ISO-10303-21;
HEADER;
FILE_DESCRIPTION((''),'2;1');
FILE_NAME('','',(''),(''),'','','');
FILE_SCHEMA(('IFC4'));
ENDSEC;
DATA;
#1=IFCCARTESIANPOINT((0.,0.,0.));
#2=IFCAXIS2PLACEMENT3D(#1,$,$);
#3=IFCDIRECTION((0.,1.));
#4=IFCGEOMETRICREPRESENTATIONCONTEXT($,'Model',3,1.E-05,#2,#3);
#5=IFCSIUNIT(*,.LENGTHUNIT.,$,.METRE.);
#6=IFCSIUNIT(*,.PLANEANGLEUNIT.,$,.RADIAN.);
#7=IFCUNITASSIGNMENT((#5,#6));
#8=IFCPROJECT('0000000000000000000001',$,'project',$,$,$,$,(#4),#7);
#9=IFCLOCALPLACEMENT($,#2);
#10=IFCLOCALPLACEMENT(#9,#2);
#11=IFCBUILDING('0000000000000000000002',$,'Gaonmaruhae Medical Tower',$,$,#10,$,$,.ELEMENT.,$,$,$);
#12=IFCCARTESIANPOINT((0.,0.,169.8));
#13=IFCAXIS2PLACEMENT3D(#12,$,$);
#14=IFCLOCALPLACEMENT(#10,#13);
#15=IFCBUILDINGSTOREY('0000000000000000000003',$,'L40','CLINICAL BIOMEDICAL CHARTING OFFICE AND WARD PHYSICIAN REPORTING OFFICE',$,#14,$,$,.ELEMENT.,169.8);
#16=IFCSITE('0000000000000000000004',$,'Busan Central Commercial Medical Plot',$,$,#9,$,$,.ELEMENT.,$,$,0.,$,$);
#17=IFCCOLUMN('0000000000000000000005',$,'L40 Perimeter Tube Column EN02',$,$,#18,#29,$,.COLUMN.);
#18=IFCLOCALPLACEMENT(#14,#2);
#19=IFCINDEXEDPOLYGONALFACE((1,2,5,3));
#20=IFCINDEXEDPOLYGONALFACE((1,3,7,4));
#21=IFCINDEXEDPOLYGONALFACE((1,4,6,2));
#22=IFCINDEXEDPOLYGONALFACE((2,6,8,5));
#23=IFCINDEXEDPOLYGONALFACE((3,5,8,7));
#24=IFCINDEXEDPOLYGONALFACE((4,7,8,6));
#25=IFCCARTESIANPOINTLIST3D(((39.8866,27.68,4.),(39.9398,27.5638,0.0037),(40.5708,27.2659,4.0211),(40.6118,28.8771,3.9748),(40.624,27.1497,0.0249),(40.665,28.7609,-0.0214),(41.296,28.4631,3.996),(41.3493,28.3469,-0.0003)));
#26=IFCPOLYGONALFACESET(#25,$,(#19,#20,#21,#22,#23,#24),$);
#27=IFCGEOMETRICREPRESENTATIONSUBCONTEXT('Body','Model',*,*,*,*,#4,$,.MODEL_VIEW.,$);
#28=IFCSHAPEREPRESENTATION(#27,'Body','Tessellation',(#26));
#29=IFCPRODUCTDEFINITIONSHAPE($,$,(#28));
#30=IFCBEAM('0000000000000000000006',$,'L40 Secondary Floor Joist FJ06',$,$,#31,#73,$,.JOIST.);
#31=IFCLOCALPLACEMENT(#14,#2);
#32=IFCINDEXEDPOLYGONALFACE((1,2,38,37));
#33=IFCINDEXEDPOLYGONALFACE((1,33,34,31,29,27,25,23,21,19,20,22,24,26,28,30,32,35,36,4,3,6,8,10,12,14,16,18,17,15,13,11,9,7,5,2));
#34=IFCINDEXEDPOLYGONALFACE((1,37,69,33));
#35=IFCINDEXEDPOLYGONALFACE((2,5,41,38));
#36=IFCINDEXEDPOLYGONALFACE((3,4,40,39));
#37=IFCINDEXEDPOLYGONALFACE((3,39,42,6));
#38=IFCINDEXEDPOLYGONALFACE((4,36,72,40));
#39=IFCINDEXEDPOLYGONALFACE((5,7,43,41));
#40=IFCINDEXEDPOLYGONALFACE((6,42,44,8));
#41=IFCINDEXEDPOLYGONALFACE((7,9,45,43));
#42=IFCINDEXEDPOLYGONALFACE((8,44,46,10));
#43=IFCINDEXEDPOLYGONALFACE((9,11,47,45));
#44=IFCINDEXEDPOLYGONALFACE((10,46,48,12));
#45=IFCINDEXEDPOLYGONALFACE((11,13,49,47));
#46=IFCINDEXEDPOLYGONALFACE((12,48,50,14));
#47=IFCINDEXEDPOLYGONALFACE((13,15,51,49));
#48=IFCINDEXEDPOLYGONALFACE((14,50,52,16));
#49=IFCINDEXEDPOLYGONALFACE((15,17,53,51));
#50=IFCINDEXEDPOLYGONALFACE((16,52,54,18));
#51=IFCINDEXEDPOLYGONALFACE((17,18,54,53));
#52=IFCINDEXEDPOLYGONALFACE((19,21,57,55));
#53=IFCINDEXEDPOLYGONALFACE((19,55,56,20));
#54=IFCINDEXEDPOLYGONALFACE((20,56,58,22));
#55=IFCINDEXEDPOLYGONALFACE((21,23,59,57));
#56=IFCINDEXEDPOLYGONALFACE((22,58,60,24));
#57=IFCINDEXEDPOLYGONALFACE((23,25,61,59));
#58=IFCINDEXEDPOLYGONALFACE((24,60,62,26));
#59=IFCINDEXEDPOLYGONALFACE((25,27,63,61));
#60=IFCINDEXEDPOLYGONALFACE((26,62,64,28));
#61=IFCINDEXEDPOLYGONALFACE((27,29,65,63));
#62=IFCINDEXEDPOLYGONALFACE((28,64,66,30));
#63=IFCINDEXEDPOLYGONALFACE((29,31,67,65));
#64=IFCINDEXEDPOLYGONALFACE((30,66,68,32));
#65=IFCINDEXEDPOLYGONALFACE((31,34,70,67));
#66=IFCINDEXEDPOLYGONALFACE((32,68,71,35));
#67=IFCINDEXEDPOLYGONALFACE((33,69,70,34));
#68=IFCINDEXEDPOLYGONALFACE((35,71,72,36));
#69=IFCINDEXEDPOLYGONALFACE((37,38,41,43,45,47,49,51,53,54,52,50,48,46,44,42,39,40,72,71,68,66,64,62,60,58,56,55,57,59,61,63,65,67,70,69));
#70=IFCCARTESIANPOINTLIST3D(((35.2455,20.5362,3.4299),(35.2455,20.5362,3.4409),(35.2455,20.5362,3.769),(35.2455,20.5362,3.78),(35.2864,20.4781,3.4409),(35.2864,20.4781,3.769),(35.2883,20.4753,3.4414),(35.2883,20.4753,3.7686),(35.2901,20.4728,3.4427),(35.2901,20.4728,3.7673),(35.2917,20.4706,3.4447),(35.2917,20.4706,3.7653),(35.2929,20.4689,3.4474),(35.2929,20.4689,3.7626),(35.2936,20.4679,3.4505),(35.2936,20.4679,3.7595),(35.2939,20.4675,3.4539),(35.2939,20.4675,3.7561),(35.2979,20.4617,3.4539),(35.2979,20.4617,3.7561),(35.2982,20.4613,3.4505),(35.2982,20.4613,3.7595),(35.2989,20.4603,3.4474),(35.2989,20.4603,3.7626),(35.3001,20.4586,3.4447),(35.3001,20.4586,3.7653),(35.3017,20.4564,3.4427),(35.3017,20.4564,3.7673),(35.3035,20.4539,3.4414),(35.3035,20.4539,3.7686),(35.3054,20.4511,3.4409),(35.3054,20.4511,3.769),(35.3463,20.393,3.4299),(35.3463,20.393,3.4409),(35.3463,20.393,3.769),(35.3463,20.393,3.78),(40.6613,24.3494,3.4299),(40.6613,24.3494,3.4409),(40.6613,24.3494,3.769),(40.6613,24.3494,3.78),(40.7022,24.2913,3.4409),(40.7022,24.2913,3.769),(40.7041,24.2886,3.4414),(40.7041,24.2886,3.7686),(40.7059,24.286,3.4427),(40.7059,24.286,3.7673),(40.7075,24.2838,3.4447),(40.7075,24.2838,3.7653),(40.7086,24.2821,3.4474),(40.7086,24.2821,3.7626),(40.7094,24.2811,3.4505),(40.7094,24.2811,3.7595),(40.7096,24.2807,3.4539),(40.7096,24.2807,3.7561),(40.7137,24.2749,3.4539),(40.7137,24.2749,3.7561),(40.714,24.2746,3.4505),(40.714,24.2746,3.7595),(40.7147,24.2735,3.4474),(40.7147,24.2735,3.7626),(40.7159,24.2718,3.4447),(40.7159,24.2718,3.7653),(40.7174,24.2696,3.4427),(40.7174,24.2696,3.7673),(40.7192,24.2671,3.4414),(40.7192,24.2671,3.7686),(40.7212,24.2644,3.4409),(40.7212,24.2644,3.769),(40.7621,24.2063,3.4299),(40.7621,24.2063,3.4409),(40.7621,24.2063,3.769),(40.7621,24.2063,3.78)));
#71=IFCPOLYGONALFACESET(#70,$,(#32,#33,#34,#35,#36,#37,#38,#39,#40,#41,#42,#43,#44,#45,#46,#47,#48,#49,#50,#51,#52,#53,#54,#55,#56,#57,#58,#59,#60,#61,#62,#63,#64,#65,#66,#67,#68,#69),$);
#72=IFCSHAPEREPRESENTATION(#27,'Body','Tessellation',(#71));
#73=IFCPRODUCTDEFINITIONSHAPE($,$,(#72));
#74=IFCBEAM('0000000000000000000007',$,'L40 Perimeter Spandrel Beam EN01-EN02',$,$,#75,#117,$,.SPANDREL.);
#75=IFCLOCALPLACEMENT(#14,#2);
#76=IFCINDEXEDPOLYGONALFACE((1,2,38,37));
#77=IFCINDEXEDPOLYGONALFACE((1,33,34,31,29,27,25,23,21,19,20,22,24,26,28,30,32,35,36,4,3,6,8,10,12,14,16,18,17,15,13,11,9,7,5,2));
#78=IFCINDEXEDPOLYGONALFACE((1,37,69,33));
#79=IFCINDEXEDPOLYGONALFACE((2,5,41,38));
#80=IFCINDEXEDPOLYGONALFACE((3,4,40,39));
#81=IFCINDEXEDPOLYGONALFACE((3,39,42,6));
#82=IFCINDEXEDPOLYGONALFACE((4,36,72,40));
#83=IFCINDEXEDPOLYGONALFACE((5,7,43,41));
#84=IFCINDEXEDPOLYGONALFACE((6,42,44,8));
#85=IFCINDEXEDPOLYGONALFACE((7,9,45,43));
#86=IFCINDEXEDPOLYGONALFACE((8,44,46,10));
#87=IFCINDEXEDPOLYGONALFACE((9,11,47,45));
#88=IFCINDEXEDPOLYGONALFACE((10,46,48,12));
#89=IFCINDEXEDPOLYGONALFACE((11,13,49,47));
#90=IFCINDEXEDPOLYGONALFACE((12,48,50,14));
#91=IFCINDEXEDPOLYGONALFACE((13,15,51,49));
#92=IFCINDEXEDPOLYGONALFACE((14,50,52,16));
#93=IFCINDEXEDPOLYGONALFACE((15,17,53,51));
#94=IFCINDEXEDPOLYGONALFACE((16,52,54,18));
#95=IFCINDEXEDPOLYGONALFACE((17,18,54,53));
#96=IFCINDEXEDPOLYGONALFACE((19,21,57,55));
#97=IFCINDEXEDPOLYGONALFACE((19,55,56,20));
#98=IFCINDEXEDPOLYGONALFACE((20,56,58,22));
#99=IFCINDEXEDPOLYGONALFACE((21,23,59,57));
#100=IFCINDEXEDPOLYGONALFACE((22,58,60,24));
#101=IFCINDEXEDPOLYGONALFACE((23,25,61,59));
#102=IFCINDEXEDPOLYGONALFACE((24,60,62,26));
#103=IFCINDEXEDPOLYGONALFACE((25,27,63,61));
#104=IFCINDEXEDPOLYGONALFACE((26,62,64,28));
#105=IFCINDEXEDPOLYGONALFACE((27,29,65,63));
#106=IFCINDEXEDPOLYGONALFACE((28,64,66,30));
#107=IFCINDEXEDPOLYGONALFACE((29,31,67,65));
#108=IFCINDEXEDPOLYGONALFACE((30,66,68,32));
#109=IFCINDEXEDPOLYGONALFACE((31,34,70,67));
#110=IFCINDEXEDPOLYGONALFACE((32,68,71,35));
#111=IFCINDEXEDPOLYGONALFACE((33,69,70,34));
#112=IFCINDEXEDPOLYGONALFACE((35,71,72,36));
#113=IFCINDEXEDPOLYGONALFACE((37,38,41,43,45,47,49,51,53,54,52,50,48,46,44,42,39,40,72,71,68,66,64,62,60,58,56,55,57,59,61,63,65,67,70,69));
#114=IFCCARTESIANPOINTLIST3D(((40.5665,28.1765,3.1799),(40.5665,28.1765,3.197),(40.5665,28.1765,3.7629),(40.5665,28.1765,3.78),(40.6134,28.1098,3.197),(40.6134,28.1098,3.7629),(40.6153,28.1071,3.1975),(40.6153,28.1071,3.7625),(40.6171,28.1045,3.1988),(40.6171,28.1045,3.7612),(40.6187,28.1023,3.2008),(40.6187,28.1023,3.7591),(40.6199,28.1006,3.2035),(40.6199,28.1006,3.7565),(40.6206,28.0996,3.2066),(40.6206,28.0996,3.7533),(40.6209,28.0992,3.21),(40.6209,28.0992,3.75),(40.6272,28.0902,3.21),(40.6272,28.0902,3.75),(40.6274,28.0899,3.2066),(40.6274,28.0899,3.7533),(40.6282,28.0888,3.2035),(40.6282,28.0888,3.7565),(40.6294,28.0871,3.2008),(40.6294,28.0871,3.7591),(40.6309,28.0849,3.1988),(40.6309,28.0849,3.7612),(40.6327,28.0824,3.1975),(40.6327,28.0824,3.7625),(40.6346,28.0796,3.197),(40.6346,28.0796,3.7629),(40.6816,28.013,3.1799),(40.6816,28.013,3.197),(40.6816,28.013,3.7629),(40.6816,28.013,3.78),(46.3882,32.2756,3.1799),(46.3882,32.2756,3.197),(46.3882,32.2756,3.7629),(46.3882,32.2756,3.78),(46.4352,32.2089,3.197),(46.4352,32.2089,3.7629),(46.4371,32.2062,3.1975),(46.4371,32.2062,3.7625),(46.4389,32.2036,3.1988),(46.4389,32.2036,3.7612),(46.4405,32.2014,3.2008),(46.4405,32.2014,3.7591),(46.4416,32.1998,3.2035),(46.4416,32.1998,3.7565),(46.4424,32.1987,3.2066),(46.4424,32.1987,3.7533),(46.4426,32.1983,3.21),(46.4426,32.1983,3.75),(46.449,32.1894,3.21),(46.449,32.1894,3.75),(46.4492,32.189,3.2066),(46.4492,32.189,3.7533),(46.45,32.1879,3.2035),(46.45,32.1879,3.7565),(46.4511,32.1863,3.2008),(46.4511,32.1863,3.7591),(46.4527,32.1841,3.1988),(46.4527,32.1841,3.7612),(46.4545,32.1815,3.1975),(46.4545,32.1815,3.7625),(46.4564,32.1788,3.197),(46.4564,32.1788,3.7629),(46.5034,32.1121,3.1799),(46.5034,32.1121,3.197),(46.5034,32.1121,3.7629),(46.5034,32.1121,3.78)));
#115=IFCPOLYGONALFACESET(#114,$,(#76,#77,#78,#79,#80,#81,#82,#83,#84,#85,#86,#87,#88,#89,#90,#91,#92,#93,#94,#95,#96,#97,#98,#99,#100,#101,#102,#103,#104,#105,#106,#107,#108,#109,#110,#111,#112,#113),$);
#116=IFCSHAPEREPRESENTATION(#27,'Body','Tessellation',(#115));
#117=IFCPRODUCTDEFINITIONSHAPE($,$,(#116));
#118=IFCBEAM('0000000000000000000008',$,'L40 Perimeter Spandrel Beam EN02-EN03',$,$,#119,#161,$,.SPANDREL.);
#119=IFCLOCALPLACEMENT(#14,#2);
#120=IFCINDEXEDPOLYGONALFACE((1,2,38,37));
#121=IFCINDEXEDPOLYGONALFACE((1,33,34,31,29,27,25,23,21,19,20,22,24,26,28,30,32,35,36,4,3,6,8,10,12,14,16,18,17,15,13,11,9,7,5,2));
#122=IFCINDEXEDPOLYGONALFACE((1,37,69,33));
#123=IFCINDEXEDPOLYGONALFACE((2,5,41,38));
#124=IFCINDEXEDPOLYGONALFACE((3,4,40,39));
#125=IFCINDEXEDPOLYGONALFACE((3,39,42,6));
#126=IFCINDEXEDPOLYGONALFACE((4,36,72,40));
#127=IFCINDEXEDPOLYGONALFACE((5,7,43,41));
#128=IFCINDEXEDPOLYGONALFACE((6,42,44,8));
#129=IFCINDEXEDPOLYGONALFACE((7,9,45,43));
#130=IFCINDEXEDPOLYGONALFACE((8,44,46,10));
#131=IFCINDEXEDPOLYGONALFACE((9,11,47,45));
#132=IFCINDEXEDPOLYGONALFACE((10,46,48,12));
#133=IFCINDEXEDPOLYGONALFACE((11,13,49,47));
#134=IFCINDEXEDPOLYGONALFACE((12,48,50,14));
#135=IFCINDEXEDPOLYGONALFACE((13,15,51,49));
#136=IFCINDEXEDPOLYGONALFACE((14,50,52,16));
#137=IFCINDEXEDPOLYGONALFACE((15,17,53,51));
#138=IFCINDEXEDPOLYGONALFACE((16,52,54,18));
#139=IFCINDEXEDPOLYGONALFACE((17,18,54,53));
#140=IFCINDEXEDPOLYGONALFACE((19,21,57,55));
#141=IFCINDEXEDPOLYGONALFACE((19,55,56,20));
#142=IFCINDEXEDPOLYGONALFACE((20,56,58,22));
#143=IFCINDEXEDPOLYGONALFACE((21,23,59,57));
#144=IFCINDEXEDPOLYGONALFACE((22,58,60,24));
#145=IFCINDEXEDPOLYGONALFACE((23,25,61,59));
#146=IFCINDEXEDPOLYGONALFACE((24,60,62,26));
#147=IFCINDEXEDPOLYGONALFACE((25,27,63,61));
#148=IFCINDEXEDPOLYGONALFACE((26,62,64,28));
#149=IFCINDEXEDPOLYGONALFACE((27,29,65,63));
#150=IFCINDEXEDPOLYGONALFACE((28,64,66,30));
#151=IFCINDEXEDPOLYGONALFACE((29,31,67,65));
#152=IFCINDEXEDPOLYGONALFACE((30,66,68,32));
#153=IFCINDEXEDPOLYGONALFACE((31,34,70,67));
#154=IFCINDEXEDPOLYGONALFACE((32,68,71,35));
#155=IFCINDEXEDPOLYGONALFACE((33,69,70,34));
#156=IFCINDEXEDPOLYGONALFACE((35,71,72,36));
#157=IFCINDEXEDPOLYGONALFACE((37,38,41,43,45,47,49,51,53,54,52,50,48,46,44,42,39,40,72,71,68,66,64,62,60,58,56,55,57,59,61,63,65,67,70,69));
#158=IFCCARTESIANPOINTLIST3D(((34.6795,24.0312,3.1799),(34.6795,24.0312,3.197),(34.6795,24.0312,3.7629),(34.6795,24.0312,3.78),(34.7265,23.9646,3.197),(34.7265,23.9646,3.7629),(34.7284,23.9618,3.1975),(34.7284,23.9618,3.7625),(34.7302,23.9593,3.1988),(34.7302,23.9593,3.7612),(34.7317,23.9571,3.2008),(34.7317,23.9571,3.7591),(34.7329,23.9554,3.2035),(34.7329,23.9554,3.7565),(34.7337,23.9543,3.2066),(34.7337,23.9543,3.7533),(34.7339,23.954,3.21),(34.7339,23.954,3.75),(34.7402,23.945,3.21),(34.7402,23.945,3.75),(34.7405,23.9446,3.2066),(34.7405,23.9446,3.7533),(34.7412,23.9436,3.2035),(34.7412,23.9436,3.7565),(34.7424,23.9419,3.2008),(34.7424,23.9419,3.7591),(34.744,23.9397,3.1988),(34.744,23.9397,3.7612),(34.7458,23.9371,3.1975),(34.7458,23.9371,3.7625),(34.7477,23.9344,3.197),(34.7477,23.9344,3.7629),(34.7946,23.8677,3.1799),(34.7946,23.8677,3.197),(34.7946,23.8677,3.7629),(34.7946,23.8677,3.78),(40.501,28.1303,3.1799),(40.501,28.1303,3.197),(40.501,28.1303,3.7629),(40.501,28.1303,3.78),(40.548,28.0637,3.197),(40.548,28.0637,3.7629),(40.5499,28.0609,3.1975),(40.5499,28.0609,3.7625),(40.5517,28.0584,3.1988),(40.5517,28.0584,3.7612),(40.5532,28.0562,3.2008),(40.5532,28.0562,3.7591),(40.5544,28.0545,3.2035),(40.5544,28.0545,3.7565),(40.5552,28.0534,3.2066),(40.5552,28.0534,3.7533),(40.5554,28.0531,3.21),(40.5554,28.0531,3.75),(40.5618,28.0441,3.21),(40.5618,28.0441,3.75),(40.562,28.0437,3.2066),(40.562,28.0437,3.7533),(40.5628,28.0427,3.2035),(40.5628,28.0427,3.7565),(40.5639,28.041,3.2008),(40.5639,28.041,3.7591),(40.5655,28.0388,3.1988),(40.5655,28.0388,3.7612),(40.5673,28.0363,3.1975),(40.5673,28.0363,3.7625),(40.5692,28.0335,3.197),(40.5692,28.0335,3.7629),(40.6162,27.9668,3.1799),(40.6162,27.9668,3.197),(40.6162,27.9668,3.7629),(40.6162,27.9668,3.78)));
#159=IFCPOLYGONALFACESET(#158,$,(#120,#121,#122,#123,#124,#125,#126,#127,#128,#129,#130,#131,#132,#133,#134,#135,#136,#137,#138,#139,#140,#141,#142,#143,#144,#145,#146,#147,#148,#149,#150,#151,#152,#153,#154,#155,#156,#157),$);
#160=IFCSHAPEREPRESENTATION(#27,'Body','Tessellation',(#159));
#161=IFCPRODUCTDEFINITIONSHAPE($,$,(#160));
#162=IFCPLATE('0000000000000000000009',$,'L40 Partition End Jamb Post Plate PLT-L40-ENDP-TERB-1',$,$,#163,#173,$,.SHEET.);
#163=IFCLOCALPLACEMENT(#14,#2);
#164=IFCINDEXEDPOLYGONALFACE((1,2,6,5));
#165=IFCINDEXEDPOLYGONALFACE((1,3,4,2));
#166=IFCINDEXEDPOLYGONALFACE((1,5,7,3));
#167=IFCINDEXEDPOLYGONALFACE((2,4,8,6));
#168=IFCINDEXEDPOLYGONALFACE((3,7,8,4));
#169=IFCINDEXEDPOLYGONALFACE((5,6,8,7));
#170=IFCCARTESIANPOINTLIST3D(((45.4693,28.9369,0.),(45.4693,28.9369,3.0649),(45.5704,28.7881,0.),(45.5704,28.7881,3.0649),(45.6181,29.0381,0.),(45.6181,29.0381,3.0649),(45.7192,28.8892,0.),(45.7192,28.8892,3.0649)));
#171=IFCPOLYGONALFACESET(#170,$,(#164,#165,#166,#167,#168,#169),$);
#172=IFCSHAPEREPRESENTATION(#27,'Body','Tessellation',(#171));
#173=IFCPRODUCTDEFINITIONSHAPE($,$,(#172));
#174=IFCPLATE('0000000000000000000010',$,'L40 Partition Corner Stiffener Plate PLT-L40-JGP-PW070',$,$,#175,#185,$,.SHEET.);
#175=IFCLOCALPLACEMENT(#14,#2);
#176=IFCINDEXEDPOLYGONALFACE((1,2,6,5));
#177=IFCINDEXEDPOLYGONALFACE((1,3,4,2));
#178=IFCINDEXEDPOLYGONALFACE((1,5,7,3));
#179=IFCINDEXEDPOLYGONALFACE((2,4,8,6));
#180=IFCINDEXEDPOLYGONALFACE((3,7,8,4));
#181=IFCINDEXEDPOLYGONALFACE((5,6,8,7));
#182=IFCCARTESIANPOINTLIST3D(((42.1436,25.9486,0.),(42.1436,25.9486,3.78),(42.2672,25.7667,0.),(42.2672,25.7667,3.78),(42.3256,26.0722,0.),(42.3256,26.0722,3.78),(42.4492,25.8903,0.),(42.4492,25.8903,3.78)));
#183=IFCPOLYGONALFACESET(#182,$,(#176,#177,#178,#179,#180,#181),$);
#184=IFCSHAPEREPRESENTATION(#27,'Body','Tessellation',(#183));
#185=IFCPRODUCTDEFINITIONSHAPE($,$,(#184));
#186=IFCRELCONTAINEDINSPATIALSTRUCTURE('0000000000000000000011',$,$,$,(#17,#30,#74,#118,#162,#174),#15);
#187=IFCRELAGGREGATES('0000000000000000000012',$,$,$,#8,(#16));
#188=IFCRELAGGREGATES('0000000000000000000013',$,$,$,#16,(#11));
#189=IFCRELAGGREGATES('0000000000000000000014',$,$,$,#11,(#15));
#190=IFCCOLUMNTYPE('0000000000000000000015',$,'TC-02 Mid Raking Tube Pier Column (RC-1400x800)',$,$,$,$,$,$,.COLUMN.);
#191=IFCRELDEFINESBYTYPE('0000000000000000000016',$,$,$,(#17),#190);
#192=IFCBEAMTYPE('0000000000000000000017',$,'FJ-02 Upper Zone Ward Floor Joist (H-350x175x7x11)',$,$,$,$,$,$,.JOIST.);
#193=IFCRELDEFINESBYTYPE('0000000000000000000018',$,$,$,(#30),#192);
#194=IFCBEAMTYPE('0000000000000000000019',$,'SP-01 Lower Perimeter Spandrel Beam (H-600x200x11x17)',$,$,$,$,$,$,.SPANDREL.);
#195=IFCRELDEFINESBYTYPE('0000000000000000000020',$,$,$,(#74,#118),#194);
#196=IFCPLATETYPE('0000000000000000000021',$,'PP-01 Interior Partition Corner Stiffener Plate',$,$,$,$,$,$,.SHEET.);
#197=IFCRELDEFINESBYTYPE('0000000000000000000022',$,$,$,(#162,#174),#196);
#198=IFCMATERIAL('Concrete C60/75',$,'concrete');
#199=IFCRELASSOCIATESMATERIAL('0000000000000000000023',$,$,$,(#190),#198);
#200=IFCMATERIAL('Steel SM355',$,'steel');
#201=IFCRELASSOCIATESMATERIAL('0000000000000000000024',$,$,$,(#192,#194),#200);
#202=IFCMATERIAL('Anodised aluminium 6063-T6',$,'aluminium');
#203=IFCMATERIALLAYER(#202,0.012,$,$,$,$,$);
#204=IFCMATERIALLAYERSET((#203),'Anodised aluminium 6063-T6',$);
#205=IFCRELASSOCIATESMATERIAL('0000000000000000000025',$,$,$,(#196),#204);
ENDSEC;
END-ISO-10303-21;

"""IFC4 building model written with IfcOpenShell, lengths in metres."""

from ifc_helpers import new_model, si_unit, direction, frame, origin, origin_2d, place, context, subcontext, project, spatial, rectangle, i_section, extrude, material, layer, layer_set, material_profile, profile_set, type_object, element, save


model = new_model("IFC4")

# Units and contexts
model_context = context("Model", 3, precision=1e-05, world=origin(), true_north=direction((0.0, 1.0)))
body_context = subcontext(model_context, "Body", "Model", "MODEL_VIEW")
ifc_project = project(units=[si_unit("LENGTHUNIT", "METRE"), si_unit("PLANEANGLEUNIT", "RADIAN")], contexts=[model_context])

# Site, building, storey
site_placement = place(None, origin())
site = spatial("IfcSite", under=ifc_project, at=site_placement, Name="Busan Central Commercial Medical Plot", CompositionType="ELEMENT", RefElevation=0.0)
building_placement = place(site_placement, origin())
building = spatial("IfcBuilding", under=site, at=building_placement, Name="Gaonmaruhae Medical Tower", CompositionType="ELEMENT")
storey_placement = place(building_placement, frame((0.0, 0.0, 169.8)))
storey = spatial("IfcBuildingStorey", under=building, at=storey_placement, Name="L40", Description="CLINICAL BIOMEDICAL CHARTING OFFICE AND WARD PHYSICIAN REPORTING OFFICE", CompositionType="ELEMENT", Elevation=169.8)

# Column
ifc_material_1 = material(Name="Concrete C60/75", Category="concrete")
ifc_material_profile_1 = material_profile(ifc_material_1, rectangle(XDim=1.3999, YDim=0.8, at=origin_2d()), Name="RC-1400x800")
ifc_profile_set_1 = profile_set([ifc_material_profile_1], Name="Concrete C60/75")
column_type = type_object("IfcColumnType", Name="TC-02 Mid Raking Tube Pier Column (RC-1400x800)", PredefinedType="COLUMN", material=ifc_profile_set_1)
column_placement = place(storey_placement, frame((40.6445, 27.9553, 0.0017), z_axis=(-0.013311, 0.029064, 0.999489), x_axis=(-0.518042, -0.855166, 0.017968)))
element("IfcColumn", 1, at=column_placement, inside=storey, type_object=column_type, Name="L40 Perimeter Tube Column EN02", PredefinedType="COLUMN", context=body_context, shape_type="SweptSolid", body=[
    extrude(rectangle(XDim=1.3999, YDim=0.8, at=origin_2d()), origin(), (0.0, 0.0, 1.0), 3.9983),
])

# Beams
ifc_material_2 = material(Name="Steel SM355", Category="steel")
ifc_material_profile_2 = material_profile(ifc_material_2, i_section(OverallWidth=0.175, OverallDepth=0.3501, WebThickness=0.0071, FlangeThickness=0.011, FilletRadius=0.0129, at=origin_2d()), Name="H-350x175x7x11")
ifc_profile_set_2 = profile_set([ifc_material_profile_2], Name="Steel SM355")
beam_type_1 = type_object("IfcBeamType", Name="FJ-02 Upper Zone Ward Floor Joist (H-350x175x7x11)", PredefinedType="JOIST", material=ifc_profile_set_2)
beam_1_placement = place(storey_placement, frame((40.7117, 24.2778, 3.605), z_axis=(-0.817655, -0.575709, 0.0), x_axis=(0.575709, -0.817655, 0.0)))
element("IfcBeam", 2, at=beam_1_placement, inside=storey, type_object=beam_type_1, Name="L40 Secondary Floor Joist FJ06", PredefinedType="JOIST", context=body_context, shape_type="SweptSolid", body=[
    extrude(i_section(OverallWidth=0.175, OverallDepth=0.3501, WebThickness=0.0071, FlangeThickness=0.011, FilletRadius=0.0129, at=origin_2d()), origin(), (0.0, 0.0, 1.0), 6.6235),
])
ifc_material_profile_3 = material_profile(ifc_material_2, i_section(OverallWidth=0.2, OverallDepth=0.6001, WebThickness=0.011, FlangeThickness=0.0171, FilletRadius=0.0129, at=origin_2d()), Name="H-600x200x11x17")
ifc_profile_set_3 = profile_set([ifc_material_profile_3], Name="Steel SM355")
beam_type_2 = type_object("IfcBeamType", Name="SP-01 Lower Perimeter Spandrel Beam (H-600x200x11x17)", PredefinedType="SPANDREL", material=ifc_profile_set_3)
beam_2_placement = place(storey_placement, frame((46.4458, 32.1938, 3.48), z_axis=(-0.817653, -0.575711, 0.0), x_axis=(0.575711, -0.817653, 0.0)))
element("IfcBeam", 3, at=beam_2_placement, inside=storey, type_object=beam_type_2, Name="L40 Perimeter Spandrel Beam EN01-EN02", PredefinedType="SPANDREL", context=body_context, shape_type="SweptSolid", body=[
    extrude(i_section(OverallWidth=0.2, OverallDepth=0.6001, WebThickness=0.011, FlangeThickness=0.0171, FilletRadius=0.0129, at=origin_2d()), origin(), (0.0, 0.0, 1.0), 7.1201),
])
beam_3_placement = place(storey_placement, frame((40.5586, 28.0486, 3.48), z_axis=(-0.817642, -0.575727, 0.0), x_axis=(0.575727, -0.817642, 0.0)))
element("IfcBeam", 4, at=beam_3_placement, inside=storey, type_object=beam_type_2, Name="L40 Perimeter Spandrel Beam EN02-EN03", PredefinedType="SPANDREL", context=body_context, shape_type="SweptSolid", body=[
    extrude(i_section(OverallWidth=0.2, OverallDepth=0.6001, WebThickness=0.011, FlangeThickness=0.0171, FilletRadius=0.0129, at=origin_2d()), origin(), (0.0, 0.0, 1.0), 7.1199),
])

# Plates
ifc_material_3 = material(Name="Anodised aluminium 6063-T6", Category="aluminium")
ifc_layer_1 = layer(ifc_material_3, 0.012)
ifc_layer_set_1 = layer_set([ifc_layer_1], Name="Anodised aluminium 6063-T6")
plate_type = type_object("IfcPlateType", Name="PP-01 Interior Partition Corner Stiffener Plate", PredefinedType="SHEET", material=ifc_layer_set_1)
plate_1_placement = place(storey_placement, frame((45.5942, 28.9131, 0.0), z_axis=(0.0, 0.0, 1.0), x_axis=(0.827081, 0.562083, 0.0)))
element("IfcPlate", 5, at=plate_1_placement, inside=storey, type_object=plate_type, Name="L40 Partition End Jamb Post Plate PLT-L40-ENDP-TERB-1", PredefinedType="SHEET", context=body_context, shape_type="SweptSolid", body=[
    extrude(rectangle(XDim=0.1799, YDim=0.1799, at=origin_2d()), origin(), (0.0, 0.0, 1.0), 3.0649),
])
for number, where, z_axis, x_axis, name in (
    (6, (42.2964, 25.9194, 0.0), (0.0, 0.0, 1.0), (0.561896, -0.827208, 0.0), "L40 Partition Corner Stiffener Plate PLT-L40-JGP-PW070"),
):
    element("IfcPlate", number, at=place(storey_placement, frame(where, z_axis=z_axis, x_axis=x_axis)), inside=storey, type_object=plate_type, Name=name, PredefinedType="SHEET", context=body_context, shape_type="SweptSolid", body=[
        extrude(rectangle(XDim=0.22, YDim=0.22, at=origin_2d()), origin(), (0.0, 0.0, 1.0), 3.78),
    ])

save(model, "model.ifc")
